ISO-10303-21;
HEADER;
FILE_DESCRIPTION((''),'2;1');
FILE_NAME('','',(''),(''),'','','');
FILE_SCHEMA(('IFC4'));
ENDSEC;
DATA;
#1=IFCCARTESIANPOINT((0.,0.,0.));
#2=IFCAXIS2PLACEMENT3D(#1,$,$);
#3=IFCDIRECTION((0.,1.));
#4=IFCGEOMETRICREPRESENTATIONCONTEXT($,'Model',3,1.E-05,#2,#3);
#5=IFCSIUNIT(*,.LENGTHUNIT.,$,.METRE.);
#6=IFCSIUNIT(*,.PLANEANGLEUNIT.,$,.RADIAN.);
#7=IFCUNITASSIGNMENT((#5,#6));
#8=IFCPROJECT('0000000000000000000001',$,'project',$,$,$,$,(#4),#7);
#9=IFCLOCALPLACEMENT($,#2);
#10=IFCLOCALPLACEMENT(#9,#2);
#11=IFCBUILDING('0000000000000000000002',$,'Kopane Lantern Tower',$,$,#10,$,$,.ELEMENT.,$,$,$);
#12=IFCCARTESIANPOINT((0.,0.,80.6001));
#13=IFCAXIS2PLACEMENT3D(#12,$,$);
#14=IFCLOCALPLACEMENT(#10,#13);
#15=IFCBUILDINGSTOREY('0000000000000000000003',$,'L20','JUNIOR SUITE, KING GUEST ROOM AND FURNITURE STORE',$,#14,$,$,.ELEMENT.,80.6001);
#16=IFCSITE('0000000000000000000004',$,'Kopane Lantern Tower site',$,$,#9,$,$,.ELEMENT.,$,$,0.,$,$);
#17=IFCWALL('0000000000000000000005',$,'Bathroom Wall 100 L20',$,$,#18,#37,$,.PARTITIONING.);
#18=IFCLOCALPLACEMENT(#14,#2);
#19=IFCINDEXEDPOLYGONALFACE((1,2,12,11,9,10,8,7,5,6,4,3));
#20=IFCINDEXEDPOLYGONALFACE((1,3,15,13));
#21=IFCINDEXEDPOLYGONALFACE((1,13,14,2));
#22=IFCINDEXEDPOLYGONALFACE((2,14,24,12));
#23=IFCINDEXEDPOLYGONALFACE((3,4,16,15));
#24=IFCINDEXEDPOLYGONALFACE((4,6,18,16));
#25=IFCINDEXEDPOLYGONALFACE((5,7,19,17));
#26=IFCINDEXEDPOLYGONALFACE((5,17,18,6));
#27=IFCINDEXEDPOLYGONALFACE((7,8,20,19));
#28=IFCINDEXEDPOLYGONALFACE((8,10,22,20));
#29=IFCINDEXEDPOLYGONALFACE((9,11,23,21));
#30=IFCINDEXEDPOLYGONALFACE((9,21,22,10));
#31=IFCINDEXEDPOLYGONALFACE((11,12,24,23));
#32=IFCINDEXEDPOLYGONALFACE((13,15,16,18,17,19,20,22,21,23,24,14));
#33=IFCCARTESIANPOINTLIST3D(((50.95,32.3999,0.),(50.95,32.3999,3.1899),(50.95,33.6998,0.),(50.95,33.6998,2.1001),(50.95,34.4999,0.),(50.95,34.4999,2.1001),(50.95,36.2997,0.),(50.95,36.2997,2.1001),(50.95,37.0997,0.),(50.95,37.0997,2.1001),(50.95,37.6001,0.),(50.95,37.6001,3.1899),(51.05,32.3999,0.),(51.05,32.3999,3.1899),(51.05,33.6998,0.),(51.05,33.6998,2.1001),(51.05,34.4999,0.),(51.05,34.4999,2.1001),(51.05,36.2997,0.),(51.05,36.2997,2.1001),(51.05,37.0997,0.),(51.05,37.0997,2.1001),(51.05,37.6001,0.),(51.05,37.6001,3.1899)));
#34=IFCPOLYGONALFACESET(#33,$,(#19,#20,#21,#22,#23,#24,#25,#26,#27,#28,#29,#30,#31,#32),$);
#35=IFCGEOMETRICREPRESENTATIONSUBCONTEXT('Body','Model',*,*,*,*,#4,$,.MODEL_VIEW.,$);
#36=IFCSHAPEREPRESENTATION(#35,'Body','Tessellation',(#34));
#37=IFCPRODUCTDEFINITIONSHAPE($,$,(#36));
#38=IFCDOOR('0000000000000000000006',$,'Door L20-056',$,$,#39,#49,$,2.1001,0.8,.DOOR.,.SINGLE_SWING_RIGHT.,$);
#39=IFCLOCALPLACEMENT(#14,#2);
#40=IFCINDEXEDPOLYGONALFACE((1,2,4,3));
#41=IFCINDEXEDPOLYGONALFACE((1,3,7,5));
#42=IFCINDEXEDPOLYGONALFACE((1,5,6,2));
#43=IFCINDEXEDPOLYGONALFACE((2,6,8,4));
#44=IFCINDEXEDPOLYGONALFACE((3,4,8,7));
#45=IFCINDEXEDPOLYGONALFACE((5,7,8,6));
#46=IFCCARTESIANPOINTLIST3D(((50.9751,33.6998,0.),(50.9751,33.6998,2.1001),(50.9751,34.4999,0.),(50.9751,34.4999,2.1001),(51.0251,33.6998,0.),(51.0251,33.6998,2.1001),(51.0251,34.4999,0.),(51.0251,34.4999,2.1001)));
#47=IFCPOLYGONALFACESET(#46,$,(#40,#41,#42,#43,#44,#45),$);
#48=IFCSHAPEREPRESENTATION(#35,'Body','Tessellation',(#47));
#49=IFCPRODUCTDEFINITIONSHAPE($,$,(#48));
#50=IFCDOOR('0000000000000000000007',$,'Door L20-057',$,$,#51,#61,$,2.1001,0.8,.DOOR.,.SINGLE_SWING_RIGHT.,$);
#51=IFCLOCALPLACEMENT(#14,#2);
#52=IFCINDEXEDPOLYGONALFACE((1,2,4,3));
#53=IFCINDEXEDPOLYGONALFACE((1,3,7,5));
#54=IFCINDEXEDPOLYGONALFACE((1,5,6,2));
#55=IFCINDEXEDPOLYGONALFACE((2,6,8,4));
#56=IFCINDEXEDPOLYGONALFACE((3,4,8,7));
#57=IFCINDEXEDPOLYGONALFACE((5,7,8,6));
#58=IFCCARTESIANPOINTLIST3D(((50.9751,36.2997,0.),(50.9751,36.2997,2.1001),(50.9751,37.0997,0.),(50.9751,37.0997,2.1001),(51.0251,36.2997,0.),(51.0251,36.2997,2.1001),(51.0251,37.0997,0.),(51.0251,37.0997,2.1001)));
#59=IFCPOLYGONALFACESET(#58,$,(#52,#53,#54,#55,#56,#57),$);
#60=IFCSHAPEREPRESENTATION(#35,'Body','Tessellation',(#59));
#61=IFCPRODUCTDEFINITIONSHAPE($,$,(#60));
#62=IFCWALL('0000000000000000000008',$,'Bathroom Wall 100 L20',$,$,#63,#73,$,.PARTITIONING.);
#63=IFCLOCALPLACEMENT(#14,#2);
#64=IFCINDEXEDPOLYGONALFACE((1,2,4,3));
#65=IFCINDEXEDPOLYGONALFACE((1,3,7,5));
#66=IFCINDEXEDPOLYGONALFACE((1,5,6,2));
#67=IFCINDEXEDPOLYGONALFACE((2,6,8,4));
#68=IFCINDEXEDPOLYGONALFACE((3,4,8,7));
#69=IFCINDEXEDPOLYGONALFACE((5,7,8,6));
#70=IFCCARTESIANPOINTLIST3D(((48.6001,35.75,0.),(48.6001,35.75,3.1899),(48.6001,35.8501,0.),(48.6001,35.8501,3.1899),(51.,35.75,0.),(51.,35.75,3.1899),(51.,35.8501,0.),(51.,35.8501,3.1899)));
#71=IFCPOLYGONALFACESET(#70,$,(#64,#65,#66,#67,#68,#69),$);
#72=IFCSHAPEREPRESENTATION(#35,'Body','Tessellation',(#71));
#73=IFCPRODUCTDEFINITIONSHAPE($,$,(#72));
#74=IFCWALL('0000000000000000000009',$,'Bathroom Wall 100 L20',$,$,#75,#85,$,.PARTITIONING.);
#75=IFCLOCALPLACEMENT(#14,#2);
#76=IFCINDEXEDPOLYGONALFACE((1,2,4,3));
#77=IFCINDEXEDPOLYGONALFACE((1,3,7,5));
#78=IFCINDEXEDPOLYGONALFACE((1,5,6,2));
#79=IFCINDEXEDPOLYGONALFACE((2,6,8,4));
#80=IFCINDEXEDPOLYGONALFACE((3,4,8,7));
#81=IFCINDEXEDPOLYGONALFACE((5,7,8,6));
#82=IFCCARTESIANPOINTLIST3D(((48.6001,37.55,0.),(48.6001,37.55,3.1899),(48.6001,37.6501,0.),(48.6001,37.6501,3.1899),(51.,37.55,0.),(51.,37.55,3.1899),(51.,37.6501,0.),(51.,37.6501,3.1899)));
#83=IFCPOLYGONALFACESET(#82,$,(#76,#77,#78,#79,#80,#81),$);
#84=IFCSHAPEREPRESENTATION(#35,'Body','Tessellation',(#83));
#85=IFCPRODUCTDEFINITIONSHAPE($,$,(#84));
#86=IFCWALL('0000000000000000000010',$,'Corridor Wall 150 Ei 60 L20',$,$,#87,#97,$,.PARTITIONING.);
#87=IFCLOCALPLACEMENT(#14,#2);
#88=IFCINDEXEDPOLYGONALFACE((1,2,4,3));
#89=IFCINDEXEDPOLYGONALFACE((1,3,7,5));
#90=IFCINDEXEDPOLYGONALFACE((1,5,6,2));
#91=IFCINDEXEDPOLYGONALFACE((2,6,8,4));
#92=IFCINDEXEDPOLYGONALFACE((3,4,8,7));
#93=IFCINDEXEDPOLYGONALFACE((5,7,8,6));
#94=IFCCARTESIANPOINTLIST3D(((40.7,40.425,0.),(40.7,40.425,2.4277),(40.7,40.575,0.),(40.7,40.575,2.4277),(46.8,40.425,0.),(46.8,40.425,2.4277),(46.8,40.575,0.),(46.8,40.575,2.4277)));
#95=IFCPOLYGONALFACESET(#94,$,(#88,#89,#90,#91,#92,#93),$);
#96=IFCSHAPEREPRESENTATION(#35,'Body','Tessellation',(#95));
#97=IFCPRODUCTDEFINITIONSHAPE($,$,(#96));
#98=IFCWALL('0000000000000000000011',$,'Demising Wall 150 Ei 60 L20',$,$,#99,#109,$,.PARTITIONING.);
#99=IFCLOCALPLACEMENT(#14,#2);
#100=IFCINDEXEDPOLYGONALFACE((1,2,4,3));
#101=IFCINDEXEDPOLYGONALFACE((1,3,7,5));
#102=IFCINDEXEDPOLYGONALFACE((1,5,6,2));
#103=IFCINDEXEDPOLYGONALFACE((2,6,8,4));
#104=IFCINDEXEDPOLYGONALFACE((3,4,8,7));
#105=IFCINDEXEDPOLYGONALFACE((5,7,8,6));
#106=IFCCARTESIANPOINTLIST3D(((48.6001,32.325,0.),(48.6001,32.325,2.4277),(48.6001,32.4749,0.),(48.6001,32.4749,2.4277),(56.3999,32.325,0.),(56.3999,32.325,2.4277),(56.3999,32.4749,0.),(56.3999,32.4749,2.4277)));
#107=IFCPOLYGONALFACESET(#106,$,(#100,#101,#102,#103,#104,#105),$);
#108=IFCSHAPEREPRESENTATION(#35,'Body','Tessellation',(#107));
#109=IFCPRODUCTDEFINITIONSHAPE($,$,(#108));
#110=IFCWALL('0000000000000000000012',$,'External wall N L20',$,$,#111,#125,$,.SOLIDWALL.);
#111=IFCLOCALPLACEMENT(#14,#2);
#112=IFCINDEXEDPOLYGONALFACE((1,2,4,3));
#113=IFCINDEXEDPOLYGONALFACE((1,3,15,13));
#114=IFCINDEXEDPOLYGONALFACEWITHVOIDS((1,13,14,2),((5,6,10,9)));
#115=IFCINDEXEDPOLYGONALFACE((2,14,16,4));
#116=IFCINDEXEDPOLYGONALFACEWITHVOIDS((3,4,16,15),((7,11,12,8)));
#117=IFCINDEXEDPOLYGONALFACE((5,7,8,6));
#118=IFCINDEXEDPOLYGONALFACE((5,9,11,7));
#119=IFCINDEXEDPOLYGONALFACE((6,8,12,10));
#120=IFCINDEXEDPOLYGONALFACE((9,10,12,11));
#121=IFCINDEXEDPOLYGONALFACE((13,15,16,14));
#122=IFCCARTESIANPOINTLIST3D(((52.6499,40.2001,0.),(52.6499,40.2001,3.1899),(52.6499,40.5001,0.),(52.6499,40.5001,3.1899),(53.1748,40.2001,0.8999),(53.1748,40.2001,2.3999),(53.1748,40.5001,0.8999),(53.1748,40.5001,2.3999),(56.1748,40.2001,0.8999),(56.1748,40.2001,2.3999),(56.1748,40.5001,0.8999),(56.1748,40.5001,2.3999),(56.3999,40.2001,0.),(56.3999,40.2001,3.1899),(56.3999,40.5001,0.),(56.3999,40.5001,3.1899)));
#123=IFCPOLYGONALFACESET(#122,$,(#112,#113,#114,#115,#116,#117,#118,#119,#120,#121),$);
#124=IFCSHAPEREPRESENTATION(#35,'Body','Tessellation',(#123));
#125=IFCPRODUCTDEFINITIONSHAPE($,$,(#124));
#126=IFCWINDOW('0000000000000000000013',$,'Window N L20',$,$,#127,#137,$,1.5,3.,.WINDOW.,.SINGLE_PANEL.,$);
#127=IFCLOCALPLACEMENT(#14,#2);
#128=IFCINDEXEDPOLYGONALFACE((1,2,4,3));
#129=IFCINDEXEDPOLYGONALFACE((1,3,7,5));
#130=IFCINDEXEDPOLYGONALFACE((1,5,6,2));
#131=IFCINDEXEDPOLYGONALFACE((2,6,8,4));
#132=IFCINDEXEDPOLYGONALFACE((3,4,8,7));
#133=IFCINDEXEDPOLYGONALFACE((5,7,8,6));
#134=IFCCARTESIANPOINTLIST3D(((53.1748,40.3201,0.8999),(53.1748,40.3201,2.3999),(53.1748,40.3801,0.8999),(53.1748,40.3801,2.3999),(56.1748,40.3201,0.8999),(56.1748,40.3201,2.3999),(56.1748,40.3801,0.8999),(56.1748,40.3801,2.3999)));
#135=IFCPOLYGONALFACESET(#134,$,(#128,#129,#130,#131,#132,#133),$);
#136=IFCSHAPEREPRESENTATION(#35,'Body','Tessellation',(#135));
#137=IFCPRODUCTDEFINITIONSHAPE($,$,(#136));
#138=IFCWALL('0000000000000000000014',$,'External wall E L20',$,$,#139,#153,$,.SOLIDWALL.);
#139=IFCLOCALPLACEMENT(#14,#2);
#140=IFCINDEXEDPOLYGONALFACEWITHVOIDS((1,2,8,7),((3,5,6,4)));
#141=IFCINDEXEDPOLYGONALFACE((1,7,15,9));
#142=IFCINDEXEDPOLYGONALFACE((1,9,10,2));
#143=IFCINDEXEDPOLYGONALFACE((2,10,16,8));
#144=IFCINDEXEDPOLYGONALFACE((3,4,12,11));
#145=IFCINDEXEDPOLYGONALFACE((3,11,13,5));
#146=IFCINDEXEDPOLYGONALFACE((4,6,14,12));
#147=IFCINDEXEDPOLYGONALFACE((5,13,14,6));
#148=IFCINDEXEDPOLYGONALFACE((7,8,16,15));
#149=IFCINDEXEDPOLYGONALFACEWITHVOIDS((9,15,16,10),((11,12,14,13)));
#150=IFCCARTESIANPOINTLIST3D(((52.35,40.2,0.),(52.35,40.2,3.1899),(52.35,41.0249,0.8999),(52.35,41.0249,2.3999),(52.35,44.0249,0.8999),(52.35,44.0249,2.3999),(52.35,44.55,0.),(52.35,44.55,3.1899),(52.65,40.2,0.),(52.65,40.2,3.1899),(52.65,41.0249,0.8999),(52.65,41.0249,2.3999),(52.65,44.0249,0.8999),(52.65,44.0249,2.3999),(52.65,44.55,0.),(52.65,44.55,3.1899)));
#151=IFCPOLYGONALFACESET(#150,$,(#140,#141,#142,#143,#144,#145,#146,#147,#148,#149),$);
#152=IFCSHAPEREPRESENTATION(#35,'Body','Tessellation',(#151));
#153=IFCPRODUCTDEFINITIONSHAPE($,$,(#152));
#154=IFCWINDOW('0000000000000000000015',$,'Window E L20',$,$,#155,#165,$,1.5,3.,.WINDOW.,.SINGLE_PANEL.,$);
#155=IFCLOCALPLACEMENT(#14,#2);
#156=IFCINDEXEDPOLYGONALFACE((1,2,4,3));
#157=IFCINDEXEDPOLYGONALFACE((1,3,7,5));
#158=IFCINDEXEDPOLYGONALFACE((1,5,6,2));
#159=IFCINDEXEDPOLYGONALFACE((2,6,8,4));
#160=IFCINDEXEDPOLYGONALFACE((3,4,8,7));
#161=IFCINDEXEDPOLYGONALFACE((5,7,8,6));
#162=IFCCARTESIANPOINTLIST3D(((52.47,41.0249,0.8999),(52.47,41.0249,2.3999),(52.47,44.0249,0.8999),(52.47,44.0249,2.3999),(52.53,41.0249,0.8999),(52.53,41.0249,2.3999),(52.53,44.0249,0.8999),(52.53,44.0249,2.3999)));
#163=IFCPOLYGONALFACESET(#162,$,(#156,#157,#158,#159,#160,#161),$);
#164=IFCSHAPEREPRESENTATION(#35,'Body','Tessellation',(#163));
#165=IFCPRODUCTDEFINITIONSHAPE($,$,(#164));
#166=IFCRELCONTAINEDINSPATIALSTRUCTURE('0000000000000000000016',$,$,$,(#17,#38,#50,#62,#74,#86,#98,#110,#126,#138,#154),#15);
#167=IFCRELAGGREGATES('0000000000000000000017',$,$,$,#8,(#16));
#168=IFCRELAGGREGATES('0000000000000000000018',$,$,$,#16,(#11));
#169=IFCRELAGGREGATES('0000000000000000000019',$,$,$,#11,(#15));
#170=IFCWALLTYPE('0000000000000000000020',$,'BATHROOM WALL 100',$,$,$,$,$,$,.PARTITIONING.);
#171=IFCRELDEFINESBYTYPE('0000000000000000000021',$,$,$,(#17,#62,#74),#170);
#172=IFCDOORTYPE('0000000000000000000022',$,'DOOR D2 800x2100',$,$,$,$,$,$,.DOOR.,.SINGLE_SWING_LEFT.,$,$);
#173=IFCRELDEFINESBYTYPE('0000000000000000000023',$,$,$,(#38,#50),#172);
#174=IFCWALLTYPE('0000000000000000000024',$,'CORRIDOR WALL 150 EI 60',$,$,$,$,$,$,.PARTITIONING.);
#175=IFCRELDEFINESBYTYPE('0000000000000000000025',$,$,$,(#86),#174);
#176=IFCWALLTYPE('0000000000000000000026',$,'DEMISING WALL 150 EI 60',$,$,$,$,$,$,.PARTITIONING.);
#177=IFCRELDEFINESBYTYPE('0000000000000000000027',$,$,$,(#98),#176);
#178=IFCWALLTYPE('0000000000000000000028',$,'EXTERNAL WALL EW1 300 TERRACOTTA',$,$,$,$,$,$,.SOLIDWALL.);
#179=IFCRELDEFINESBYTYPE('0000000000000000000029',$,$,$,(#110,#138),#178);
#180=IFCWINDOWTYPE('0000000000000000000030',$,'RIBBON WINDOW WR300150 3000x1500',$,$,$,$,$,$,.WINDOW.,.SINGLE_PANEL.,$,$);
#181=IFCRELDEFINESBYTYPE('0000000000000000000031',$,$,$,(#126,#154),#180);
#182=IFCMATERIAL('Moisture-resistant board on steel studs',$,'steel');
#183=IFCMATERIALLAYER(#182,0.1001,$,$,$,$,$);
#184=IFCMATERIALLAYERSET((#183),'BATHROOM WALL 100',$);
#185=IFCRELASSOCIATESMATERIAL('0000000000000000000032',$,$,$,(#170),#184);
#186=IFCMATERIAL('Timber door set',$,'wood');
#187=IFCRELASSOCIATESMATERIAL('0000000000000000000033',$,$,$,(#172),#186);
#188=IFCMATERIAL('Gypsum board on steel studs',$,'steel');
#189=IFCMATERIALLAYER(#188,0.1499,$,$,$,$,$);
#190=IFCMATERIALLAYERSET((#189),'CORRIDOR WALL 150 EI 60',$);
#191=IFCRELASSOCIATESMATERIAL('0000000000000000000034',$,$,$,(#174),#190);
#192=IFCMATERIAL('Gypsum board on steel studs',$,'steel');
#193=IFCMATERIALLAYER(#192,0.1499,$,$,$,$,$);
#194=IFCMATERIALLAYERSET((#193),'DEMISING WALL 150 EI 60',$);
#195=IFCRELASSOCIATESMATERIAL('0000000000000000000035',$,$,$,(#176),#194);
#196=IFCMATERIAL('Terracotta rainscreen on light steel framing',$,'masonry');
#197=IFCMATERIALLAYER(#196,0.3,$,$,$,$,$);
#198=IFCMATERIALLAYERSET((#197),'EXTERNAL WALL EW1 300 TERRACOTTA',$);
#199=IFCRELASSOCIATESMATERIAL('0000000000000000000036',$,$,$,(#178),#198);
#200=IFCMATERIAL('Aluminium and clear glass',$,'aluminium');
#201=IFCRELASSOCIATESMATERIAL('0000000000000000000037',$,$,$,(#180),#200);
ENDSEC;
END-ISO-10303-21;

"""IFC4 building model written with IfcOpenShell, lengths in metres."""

from ifc_helpers import new_model, si_unit, direction, frame, frame_2d, origin, place, context, subcontext, project, spatial, rectangle, extrude, material, layer, layer_set, type_object, element, fill, save


model = new_model("IFC4")

# Units and contexts
model_context = context("Model", 3, precision=1e-05, world=origin(), true_north=direction((0.0, 1.0)))
body_context = subcontext(model_context, "Body", "Model", "MODEL_VIEW")
ifc_project = project(units=[si_unit("LENGTHUNIT", "METRE"), si_unit("PLANEANGLEUNIT", "RADIAN")], contexts=[model_context])

# Site, building, storey
site_placement = place(None, origin())
site = spatial("IfcSite", under=ifc_project, at=site_placement, Name="Kopane Lantern Tower site", CompositionType="ELEMENT", RefElevation=0.0)
building_placement = place(site_placement, origin())
building = spatial("IfcBuilding", under=site, at=building_placement, Name="Kopane Lantern Tower", CompositionType="ELEMENT")
storey_placement = place(building_placement, frame((0.0, 0.0, 80.6001)))
storey = spatial("IfcBuildingStorey", under=building, at=storey_placement, Name="L20", Description="JUNIOR SUITE, KING GUEST ROOM AND FURNITURE STORE", CompositionType="ELEMENT", Elevation=80.6001)

# Shared definitions
ifc_material_1 = material(Name="Moisture-resistant board on steel studs", Category="steel")
ifc_layer_1 = layer(ifc_material_1, 0.1001)
ifc_layer_set_1 = layer_set([ifc_layer_1], Name="BATHROOM WALL 100")
wall_type_1 = type_object("IfcWallType", Name="BATHROOM WALL 100", PredefinedType="PARTITIONING", material=ifc_layer_set_1)

# Wall, openings, doors
wall_1_placement = place(storey_placement, frame((51.0, 32.3999, 0.0), z_axis=(0.0, 0.0, 1.0), x_axis=(0.0, 1.0, 0.0)))
wall_1 = element("IfcWall", 1, at=wall_1_placement, inside=storey, type_object=wall_type_1, Name="Bathroom Wall 100 L20", PredefinedType="PARTITIONING", context=body_context, shape_type="SweptSolid", body=[
    extrude(rectangle(XDim=5.2002, YDim=0.1001, at=frame_2d((2.6001, 0.0))), origin(), (0.0, 0.0, 1.0), 3.1899),
])
opening_1_placement = place(wall_1_placement, frame((1.3, 0.0, 0.0)))
opening_1 = element("IfcOpeningElement", 2, at=opening_1_placement, cuts=wall_1, PredefinedType="OPENING", context=body_context, shape_type="SweptSolid", body=[
    extrude(rectangle(XDim=0.8, YDim=2.1001, at=frame_2d((0.3999, 1.05))), frame((0.0, 0.0601, 0.0), z_axis=(0.0, -1.0, 0.0), x_axis=(1.0, 0.0, 0.0)), (0.0, 0.0, 1.0), 0.1201),
])
opening_2_placement = place(wall_1_placement, frame((3.8999, 0.0, 0.0)))
opening_2 = element("IfcOpeningElement", 3, at=opening_2_placement, cuts=wall_1, PredefinedType="OPENING", context=body_context, shape_type="SweptSolid", body=[
    extrude(rectangle(XDim=0.8, YDim=2.1001, at=frame_2d((0.3999, 1.05))), frame((0.0, 0.0601, 0.0), z_axis=(0.0, -1.0, 0.0), x_axis=(1.0, 0.0, 0.0)), (0.0, 0.0, 1.0), 0.1201),
])
ifc_material_2 = material(Name="Timber door set", Category="wood")
door_type = type_object("IfcDoorType", Name="DOOR D2 800x2100", OperationType="SINGLE_SWING_LEFT", PredefinedType="DOOR", material=ifc_material_2)
door_1_placement = place(opening_1_placement, origin())
door_1 = element("IfcDoor", 4, at=door_1_placement, inside=storey, type_object=door_type, Name="Door L20-056", OperationType="SINGLE_SWING_RIGHT", OverallHeight=2.1001, OverallWidth=0.8, PredefinedType="DOOR", context=body_context, shape_type="SweptSolid", body=[
    extrude(rectangle(XDim=0.8, YDim=2.1001, at=frame_2d((0.3999, 1.05))), frame((0.0, 0.0249, 0.0), z_axis=(0.0, -1.0, 0.0), x_axis=(1.0, 0.0, 0.0)), (0.0, 0.0, 1.0), 0.05),
])
fill(opening_1, door_1)
door_2_placement = place(opening_2_placement, origin())
door_2 = element("IfcDoor", 5, at=door_2_placement, inside=storey, type_object=door_type, Name="Door L20-057", OperationType="SINGLE_SWING_RIGHT", OverallHeight=2.1001, OverallWidth=0.8, PredefinedType="DOOR", context=body_context, shape_type="SweptSolid", body=[
    extrude(rectangle(XDim=0.8, YDim=2.1001, at=frame_2d((0.3999, 1.05))), frame((0.0, 0.0249, 0.0), z_axis=(0.0, -1.0, 0.0), x_axis=(1.0, 0.0, 0.0)), (0.0, 0.0, 1.0), 0.05),
])
fill(opening_2, door_2)

# Walls
for number, where, z_axis, x_axis, name in (
    (6, (48.6001, 35.8, 0.0), (0.0, 0.0, 1.0), (1.0, 0.0, 0.0), "Bathroom Wall 100 L20"),
    (7, (48.6001, 37.6001, 0.0), (0.0, 0.0, 1.0), (1.0, 0.0, 0.0), "Bathroom Wall 100 L20"),
):
    element("IfcWall", number, at=place(storey_placement, frame(where, z_axis=z_axis, x_axis=x_axis)), inside=storey, type_object=wall_type_1, Name=name, PredefinedType="PARTITIONING", context=body_context, shape_type="SweptSolid", body=[
        extrude(rectangle(XDim=2.3999, YDim=0.1001, at=frame_2d((1.2, 0.0))), origin(), (0.0, 0.0, 1.0), 3.1899),
    ])
ifc_material_3 = material(Name="Gypsum board on steel studs", Category="steel")
ifc_layer_2 = layer(ifc_material_3, 0.1499)
ifc_layer_set_2 = layer_set([ifc_layer_2], Name="CORRIDOR WALL 150 EI 60")
wall_type_2 = type_object("IfcWallType", Name="CORRIDOR WALL 150 EI 60", PredefinedType="PARTITIONING", material=ifc_layer_set_2)
wall_2_placement = place(storey_placement, frame((46.8, 40.5, 0.0), z_axis=(0.0, 0.0, 1.0), x_axis=(-1.0, 0.0, 0.0)))
element("IfcWall", 8, at=wall_2_placement, inside=storey, type_object=wall_type_2, Name="Corridor Wall 150 Ei 60 L20", PredefinedType="PARTITIONING", context=body_context, shape_type="SweptSolid", body=[
    extrude(rectangle(XDim=6.1001, YDim=0.1499, at=frame_2d((3.05, 0.0))), origin(), (0.0, 0.0, 1.0), 2.4277),
])
ifc_material_4 = material(Name="Gypsum board on steel studs", Category="steel")
ifc_layer_3 = layer(ifc_material_4, 0.1499)
ifc_layer_set_3 = layer_set([ifc_layer_3], Name="DEMISING WALL 150 EI 60")
wall_type_3 = type_object("IfcWallType", Name="DEMISING WALL 150 EI 60", PredefinedType="PARTITIONING", material=ifc_layer_set_3)
wall_3_placement = place(storey_placement, frame((48.6001, 32.3999, 0.0), z_axis=(0.0, 0.0, 1.0), x_axis=(1.0, 0.0, 0.0)))
element("IfcWall", 9, at=wall_3_placement, inside=storey, type_object=wall_type_3, Name="Demising Wall 150 Ei 60 L20", PredefinedType="PARTITIONING", context=body_context, shape_type="SweptSolid", body=[
    extrude(rectangle(XDim=7.7998, YDim=0.1499, at=frame_2d((3.8999, 0.0))), origin(), (0.0, 0.0, 1.0), 2.4277),
])

# Walls, openings, windows
ifc_material_5 = material(Name="Terracotta rainscreen on light steel framing", Category="masonry")
ifc_layer_4 = layer(ifc_material_5, 0.3)
ifc_layer_set_4 = layer_set([ifc_layer_4], Name="EXTERNAL WALL EW1 300 TERRACOTTA")
wall_type_4 = type_object("IfcWallType", Name="EXTERNAL WALL EW1 300 TERRACOTTA", PredefinedType="SOLIDWALL", material=ifc_layer_set_4)
wall_4_placement = place(storey_placement, frame((56.3999, 40.3501, 0.0), z_axis=(0.0, 0.0, 1.0), x_axis=(-1.0, 0.0, 0.0)))
wall_4 = element("IfcWall", 10, at=wall_4_placement, inside=storey, type_object=wall_type_4, Name="External wall N L20", PredefinedType="SOLIDWALL", context=body_context, shape_type="SweptSolid", body=[
    extrude(rectangle(XDim=3.75, YDim=0.3, at=frame_2d((1.875, 0.0))), origin(), (0.0, 0.0, 1.0), 3.1899),
])
opening_3_placement = place(wall_4_placement, frame((0.2251, 0.0, 0.8999)))
opening_3 = element("IfcOpeningElement", 11, at=opening_3_placement, cuts=wall_4, PredefinedType="OPENING", context=body_context, shape_type="SweptSolid", body=[
    extrude(rectangle(XDim=3.0, YDim=1.5, at=frame_2d((1.5, 0.75))), frame((0.0, 0.1599, 0.0), z_axis=(0.0, -1.0, 0.0), x_axis=(1.0, 0.0, 0.0)), (0.0, 0.0, 1.0), 0.3201),
])
ifc_material_6 = material(Name="Aluminium and clear glass", Category="aluminium")
window_type = type_object("IfcWindowType", Name="RIBBON WINDOW WR300150 3000x1500", PartitioningType="SINGLE_PANEL", PredefinedType="WINDOW", material=ifc_material_6)
window_1_placement = place(opening_3_placement, origin())
window_1 = element("IfcWindow", 12, at=window_1_placement, inside=storey, type_object=window_type, Name="Window N L20", OverallHeight=1.5, OverallWidth=3.0, PartitioningType="SINGLE_PANEL", PredefinedType="WINDOW", context=body_context, shape_type="SweptSolid", body=[
    extrude(rectangle(XDim=3.0, YDim=1.5, at=frame_2d((1.5, 0.75))), frame((0.0, 0.03, 0.0), z_axis=(0.0, -1.0, 0.0), x_axis=(1.0, 0.0, 0.0)), (0.0, 0.0, 1.0), 0.0601),
])
fill(opening_3, window_1)
wall_5_placement = place(storey_placement, frame((52.5, 40.2, 0.0), z_axis=(0.0, 0.0, 1.0), x_axis=(0.0, 1.0, 0.0)))
wall_5 = element("IfcWall", 13, at=wall_5_placement, inside=storey, type_object=wall_type_4, Name="External wall E L20", PredefinedType="SOLIDWALL", context=body_context, shape_type="SweptSolid", body=[
    extrude(rectangle(XDim=4.3501, YDim=0.3, at=frame_2d((2.175, 0.0))), origin(), (0.0, 0.0, 1.0), 3.1899),
])
opening_4_placement = place(wall_5_placement, frame((0.825, 0.0, 0.8999)))
opening_4 = element("IfcOpeningElement", 14, at=opening_4_placement, cuts=wall_5, PredefinedType="OPENING", context=body_context, shape_type="SweptSolid", body=[
    extrude(rectangle(XDim=3.0, YDim=1.5, at=frame_2d((1.5, 0.75))), frame((0.0, 0.1599, 0.0), z_axis=(0.0, -1.0, 0.0), x_axis=(1.0, 0.0, 0.0)), (0.0, 0.0, 1.0), 0.3201),
])
window_2_placement = place(opening_4_placement, origin())
window_2 = element("IfcWindow", 15, at=window_2_placement, inside=storey, type_object=window_type, Name="Window E L20", OverallHeight=1.5, OverallWidth=3.0, PartitioningType="SINGLE_PANEL", PredefinedType="WINDOW", context=body_context, shape_type="SweptSolid", body=[
    extrude(rectangle(XDim=3.0, YDim=1.5, at=frame_2d((1.5, 0.75))), frame((0.0, 0.03, 0.0), z_axis=(0.0, -1.0, 0.0), x_axis=(1.0, 0.0, 0.0)), (0.0, 0.0, 1.0), 0.0601),
])
fill(opening_4, window_2)

save(model, "model.ifc")
